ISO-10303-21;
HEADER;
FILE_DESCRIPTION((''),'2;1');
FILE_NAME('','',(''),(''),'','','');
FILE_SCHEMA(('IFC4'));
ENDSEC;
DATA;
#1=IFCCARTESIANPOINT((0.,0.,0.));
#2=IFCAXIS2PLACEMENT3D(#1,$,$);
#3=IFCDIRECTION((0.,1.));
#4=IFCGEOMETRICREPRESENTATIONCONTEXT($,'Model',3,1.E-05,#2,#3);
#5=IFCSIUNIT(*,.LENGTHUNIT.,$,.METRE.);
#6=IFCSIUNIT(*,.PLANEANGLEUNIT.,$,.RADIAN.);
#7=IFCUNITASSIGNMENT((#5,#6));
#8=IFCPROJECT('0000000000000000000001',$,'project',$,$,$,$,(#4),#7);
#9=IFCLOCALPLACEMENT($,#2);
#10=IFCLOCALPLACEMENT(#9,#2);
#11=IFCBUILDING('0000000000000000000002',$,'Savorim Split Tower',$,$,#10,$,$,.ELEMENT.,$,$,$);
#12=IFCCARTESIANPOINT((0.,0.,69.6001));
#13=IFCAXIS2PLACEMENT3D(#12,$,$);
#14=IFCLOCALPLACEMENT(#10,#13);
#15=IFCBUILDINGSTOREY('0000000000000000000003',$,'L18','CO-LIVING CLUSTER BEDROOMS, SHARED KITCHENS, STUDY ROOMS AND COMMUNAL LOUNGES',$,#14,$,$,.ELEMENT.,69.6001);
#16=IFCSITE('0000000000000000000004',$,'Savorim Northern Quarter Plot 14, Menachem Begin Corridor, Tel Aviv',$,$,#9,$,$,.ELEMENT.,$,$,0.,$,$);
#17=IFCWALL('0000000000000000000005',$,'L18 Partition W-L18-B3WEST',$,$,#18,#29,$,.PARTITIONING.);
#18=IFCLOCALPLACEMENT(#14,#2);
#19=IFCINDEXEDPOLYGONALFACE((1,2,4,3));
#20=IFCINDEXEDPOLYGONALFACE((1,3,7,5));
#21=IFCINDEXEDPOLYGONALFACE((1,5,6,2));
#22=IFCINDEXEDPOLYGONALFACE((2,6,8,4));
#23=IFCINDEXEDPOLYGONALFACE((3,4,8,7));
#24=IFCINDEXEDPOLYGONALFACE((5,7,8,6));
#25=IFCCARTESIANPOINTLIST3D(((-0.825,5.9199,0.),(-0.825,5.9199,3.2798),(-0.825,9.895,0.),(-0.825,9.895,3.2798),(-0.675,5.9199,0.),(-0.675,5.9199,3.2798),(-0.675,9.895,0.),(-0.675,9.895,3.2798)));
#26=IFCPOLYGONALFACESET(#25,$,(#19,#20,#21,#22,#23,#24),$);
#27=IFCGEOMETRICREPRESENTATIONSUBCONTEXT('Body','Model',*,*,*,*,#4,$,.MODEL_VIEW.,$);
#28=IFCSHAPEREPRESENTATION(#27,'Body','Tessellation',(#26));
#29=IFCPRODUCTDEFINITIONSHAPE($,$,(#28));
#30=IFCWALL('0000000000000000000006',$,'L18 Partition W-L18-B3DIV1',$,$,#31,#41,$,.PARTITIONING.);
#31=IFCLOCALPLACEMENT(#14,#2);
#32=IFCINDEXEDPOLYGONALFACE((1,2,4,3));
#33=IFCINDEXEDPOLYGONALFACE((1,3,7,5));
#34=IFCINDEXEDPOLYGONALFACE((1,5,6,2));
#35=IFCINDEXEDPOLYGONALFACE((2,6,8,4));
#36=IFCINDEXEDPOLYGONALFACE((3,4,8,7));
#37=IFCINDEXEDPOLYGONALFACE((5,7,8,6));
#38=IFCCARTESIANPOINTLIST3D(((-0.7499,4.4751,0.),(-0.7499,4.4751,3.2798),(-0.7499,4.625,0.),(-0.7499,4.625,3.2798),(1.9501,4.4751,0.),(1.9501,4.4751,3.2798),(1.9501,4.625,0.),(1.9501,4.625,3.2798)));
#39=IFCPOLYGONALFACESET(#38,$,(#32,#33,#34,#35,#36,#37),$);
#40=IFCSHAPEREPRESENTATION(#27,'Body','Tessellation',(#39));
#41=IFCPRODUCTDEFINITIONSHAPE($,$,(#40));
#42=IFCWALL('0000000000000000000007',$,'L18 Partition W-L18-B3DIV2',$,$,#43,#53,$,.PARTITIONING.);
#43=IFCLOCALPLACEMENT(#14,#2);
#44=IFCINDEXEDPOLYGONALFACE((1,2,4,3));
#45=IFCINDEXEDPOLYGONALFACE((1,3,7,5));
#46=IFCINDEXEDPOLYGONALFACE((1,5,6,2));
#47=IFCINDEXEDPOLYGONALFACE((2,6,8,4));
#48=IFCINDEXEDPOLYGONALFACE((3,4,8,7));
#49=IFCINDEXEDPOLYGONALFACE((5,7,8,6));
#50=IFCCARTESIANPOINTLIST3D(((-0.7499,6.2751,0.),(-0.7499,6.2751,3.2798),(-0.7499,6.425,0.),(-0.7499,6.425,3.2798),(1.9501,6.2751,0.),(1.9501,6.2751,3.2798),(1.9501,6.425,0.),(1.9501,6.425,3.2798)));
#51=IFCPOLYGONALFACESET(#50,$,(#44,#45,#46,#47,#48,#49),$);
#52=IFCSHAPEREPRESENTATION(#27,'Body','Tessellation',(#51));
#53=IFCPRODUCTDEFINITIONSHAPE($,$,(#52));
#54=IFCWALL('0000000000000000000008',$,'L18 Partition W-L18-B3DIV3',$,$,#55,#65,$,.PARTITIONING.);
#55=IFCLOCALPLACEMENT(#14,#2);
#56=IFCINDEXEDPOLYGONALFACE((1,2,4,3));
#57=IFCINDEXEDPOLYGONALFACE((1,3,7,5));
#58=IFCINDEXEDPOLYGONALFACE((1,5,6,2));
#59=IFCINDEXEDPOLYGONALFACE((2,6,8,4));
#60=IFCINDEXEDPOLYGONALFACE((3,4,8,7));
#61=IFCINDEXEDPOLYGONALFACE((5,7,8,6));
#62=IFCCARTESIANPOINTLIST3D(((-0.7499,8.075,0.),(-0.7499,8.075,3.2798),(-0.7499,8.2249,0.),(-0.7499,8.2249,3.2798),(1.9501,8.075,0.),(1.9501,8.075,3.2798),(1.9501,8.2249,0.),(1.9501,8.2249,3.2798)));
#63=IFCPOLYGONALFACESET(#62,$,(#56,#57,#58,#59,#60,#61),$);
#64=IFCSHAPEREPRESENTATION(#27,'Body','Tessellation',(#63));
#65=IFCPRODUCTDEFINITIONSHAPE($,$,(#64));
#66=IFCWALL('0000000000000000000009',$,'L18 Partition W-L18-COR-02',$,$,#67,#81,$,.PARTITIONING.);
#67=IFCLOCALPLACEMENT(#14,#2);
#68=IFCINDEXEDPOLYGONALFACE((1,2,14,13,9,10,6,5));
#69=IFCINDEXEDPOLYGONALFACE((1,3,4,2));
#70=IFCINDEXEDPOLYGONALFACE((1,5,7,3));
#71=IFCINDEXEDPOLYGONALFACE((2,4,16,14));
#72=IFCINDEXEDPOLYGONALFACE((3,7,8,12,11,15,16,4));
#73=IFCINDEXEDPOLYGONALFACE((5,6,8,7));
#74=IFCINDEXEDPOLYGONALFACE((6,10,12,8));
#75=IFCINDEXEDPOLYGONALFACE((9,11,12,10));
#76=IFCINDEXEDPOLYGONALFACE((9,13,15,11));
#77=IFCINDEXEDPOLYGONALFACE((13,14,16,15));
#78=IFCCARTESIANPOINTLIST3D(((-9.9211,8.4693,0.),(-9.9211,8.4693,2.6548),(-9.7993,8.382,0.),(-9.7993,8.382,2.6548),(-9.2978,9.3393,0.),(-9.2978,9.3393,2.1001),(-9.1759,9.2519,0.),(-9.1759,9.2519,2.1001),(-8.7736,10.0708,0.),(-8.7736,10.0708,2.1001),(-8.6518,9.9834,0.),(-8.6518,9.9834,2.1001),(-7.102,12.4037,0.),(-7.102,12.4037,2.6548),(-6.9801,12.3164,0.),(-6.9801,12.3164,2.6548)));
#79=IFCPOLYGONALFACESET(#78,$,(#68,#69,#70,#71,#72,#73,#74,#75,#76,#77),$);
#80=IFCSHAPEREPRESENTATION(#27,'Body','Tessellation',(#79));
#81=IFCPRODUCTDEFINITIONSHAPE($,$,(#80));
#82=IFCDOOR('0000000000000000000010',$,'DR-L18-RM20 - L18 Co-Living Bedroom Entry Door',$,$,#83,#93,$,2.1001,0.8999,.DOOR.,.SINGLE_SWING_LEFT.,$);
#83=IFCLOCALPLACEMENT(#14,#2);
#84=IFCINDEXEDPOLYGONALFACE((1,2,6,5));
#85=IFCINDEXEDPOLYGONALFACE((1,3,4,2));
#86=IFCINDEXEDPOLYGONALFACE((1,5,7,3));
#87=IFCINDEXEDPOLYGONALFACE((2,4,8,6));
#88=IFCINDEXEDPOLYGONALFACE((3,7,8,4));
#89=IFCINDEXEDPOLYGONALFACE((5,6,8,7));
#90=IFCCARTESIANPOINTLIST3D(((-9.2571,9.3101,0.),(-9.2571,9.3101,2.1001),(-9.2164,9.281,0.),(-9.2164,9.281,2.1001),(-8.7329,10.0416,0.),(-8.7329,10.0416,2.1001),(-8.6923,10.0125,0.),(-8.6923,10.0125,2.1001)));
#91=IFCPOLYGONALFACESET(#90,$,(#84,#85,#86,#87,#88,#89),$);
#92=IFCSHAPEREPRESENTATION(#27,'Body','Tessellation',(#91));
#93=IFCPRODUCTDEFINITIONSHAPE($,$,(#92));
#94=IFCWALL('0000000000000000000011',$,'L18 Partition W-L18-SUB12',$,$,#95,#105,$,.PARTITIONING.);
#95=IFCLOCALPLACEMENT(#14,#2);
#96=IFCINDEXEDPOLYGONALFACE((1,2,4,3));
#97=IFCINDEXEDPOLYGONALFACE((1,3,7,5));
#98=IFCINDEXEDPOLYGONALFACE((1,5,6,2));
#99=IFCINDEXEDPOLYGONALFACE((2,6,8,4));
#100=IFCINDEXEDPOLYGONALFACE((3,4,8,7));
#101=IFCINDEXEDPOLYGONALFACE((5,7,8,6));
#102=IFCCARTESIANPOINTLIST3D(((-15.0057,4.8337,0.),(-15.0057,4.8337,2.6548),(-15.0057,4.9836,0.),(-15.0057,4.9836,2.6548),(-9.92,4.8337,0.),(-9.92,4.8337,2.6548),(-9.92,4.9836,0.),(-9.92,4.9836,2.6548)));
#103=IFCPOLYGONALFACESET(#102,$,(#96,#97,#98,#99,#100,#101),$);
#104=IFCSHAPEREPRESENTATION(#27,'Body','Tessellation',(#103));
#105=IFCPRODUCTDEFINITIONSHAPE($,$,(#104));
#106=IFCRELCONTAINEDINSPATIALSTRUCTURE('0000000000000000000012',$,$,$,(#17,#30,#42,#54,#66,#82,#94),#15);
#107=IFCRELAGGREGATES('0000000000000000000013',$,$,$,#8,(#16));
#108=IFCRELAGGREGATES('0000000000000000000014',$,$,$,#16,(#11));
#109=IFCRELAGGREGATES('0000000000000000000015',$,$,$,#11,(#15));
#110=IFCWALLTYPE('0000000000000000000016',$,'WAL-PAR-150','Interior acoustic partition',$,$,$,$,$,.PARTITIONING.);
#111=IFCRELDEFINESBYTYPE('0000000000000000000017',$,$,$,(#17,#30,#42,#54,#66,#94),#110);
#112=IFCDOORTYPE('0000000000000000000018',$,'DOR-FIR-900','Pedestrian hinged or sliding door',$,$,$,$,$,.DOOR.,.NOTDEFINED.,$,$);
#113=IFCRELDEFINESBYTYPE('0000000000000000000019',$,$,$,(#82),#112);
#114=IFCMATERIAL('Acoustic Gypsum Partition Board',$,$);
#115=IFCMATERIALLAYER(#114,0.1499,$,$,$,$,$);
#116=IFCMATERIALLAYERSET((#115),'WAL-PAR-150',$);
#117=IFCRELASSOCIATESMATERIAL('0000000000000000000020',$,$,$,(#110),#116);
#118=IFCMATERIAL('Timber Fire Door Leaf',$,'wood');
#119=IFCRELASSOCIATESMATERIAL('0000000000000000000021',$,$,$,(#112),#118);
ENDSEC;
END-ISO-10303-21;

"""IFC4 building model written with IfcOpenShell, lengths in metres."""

from ifc_helpers import new_model, si_unit, direction, frame, frame_2d, origin, place, context, subcontext, project, spatial, rectangle, extrude, material, layer, layer_set, type_object, element, fill, save


model = new_model("IFC4")

# Units and contexts
model_context = context("Model", 3, precision=1e-05, world=origin(), true_north=direction((0.0, 1.0)))
body_context = subcontext(model_context, "Body", "Model", "MODEL_VIEW")
ifc_project = project(units=[si_unit("LENGTHUNIT", "METRE"), si_unit("PLANEANGLEUNIT", "RADIAN")], contexts=[model_context])

# Site, building, storey
site_placement = place(None, origin())
site = spatial("IfcSite", under=ifc_project, at=site_placement, Name="Savorim Northern Quarter Plot 14, Menachem Begin Corridor, Tel Aviv", CompositionType="ELEMENT", RefElevation=0.0)
building_placement = place(site_placement, origin())
building = spatial("IfcBuilding", under=site, at=building_placement, Name="Savorim Split Tower", CompositionType="ELEMENT")
storey_placement = place(building_placement, frame((0.0, 0.0, 69.6001)))
storey = spatial("IfcBuildingStorey", under=building, at=storey_placement, Name="L18", Description="CO-LIVING CLUSTER BEDROOMS, SHARED KITCHENS, STUDY ROOMS AND COMMUNAL LOUNGES", CompositionType="ELEMENT", Elevation=69.6001)

# Walls
ifc_material_1 = material(Name="Acoustic Gypsum Partition Board")
ifc_layer_1 = layer(ifc_material_1, 0.1499)
ifc_layer_set_1 = layer_set([ifc_layer_1], Name="WAL-PAR-150")
wall_type_1 = type_object("IfcWallType", Name="WAL-PAR-150", Description="Interior acoustic partition", PredefinedType="PARTITIONING", material=ifc_layer_set_1)
wall_1_placement = place(storey_placement, frame((-0.75, 5.9199, 0.0), z_axis=(0.0, 0.0, 1.0), x_axis=(0.0, 1.0, 0.0)))
element("IfcWall", 1, at=wall_1_placement, inside=storey, type_object=wall_type_1, Name="L18 Partition W-L18-B3WEST", PredefinedType="PARTITIONING", context=body_context, shape_type="SweptSolid", body=[
    extrude(rectangle(XDim=3.9751, YDim=0.1499, at=frame_2d((1.9875, 0.0))), origin(), (0.0, 0.0, 1.0), 3.2798),
])
for number, where, z_axis, x_axis, name in (
    (2, (-0.75, 4.55, 0.0), (0.0, 0.0, 1.0), (1.0, 0.0, 0.0), "L18 Partition W-L18-B3DIV1"),
    (3, (-0.75, 6.3501, 0.0), (0.0, 0.0, 1.0), (1.0, 0.0, 0.0), "L18 Partition W-L18-B3DIV2"),
    (4, (-0.75, 8.1499, 0.0), (0.0, 0.0, 1.0), (1.0, 0.0, 0.0), "L18 Partition W-L18-B3DIV3"),
):
    element("IfcWall", number, at=place(storey_placement, frame(where, z_axis=z_axis, x_axis=x_axis)), inside=storey, type_object=wall_type_1, Name=name, PredefinedType="PARTITIONING", context=body_context, shape_type="SweptSolid", body=[
        extrude(rectangle(XDim=2.7, YDim=0.1499, at=frame_2d((1.3501, 0.0))), origin(), (0.0, 0.0, 1.0), 3.2798),
    ])

# Wall, opening, door
wall_2_placement = place(storey_placement, frame((-9.8601, 8.4258, 0.0), z_axis=(0.0, 0.0, 1.0), x_axis=(0.58245, 0.812867, 0.0)))
wall_2 = element("IfcWall", 5, at=wall_2_placement, inside=storey, type_object=wall_type_1, Name="L18 Partition W-L18-COR-02", PredefinedType="PARTITIONING", context=body_context, shape_type="SweptSolid", body=[
    extrude(rectangle(XDim=4.8401, YDim=0.1499, at=frame_2d((2.4199, 0.0))), origin(), (0.0, 0.0, 1.0), 2.6548),
])
opening_1_placement = place(wall_2_placement, frame((1.0701, 0.0, 0.0)))
opening_1 = element("IfcOpeningElement", 6, at=opening_1_placement, cuts=wall_2, PredefinedType="OPENING", context=body_context, shape_type="SweptSolid", body=[
    extrude(rectangle(XDim=0.8999, YDim=2.1001, at=frame_2d((0.45, 1.05))), frame((0.0, 0.085, 0.0), z_axis=(0.0, -1.0, 0.0), x_axis=(1.0, 0.0, 0.0)), (0.0, 0.0, 1.0), 0.1699),
])
ifc_material_2 = material(Name="Timber Fire Door Leaf", Category="wood")
door_type_1 = type_object("IfcDoorType", Name="DOR-FIR-900", Description="Pedestrian hinged or sliding door", OperationType="NOTDEFINED", PredefinedType="DOOR", material=ifc_material_2)
door_1_placement = place(opening_1_placement, origin())
door_1 = element("IfcDoor", 7, at=door_1_placement, inside=storey, type_object=door_type_1, Name="DR-L18-RM20 - L18 Co-Living Bedroom Entry Door", OperationType="SINGLE_SWING_LEFT", OverallHeight=2.1001, OverallWidth=0.8999, PredefinedType="DOOR", context=body_context, shape_type="SweptSolid", body=[
    extrude(rectangle(XDim=0.8999, YDim=2.1001, at=frame_2d((0.45, 1.05))), frame((0.0, 0.0249, 0.0), z_axis=(0.0, -1.0, 0.0), x_axis=(1.0, 0.0, 0.0)), (0.0, 0.0, 1.0), 0.05),
])
fill(opening_1, door_1)

# Wall
wall_3_placement = place(storey_placement, frame((-9.9199, 4.9087, 0.0), z_axis=(0.0, 0.0, 1.0), x_axis=(-1.0, 0.0, 0.0)))
element("IfcWall", 8, at=wall_3_placement, inside=storey, type_object=wall_type_1, Name="L18 Partition W-L18-SUB12", PredefinedType="PARTITIONING", context=body_context, shape_type="SweptSolid", body=[
    extrude(rectangle(XDim=5.0857, YDim=0.1499, at=frame_2d((2.543, 0.0))), origin(), (0.0, 0.0, 1.0), 2.6548),
])

save(model, "model.ifc")
